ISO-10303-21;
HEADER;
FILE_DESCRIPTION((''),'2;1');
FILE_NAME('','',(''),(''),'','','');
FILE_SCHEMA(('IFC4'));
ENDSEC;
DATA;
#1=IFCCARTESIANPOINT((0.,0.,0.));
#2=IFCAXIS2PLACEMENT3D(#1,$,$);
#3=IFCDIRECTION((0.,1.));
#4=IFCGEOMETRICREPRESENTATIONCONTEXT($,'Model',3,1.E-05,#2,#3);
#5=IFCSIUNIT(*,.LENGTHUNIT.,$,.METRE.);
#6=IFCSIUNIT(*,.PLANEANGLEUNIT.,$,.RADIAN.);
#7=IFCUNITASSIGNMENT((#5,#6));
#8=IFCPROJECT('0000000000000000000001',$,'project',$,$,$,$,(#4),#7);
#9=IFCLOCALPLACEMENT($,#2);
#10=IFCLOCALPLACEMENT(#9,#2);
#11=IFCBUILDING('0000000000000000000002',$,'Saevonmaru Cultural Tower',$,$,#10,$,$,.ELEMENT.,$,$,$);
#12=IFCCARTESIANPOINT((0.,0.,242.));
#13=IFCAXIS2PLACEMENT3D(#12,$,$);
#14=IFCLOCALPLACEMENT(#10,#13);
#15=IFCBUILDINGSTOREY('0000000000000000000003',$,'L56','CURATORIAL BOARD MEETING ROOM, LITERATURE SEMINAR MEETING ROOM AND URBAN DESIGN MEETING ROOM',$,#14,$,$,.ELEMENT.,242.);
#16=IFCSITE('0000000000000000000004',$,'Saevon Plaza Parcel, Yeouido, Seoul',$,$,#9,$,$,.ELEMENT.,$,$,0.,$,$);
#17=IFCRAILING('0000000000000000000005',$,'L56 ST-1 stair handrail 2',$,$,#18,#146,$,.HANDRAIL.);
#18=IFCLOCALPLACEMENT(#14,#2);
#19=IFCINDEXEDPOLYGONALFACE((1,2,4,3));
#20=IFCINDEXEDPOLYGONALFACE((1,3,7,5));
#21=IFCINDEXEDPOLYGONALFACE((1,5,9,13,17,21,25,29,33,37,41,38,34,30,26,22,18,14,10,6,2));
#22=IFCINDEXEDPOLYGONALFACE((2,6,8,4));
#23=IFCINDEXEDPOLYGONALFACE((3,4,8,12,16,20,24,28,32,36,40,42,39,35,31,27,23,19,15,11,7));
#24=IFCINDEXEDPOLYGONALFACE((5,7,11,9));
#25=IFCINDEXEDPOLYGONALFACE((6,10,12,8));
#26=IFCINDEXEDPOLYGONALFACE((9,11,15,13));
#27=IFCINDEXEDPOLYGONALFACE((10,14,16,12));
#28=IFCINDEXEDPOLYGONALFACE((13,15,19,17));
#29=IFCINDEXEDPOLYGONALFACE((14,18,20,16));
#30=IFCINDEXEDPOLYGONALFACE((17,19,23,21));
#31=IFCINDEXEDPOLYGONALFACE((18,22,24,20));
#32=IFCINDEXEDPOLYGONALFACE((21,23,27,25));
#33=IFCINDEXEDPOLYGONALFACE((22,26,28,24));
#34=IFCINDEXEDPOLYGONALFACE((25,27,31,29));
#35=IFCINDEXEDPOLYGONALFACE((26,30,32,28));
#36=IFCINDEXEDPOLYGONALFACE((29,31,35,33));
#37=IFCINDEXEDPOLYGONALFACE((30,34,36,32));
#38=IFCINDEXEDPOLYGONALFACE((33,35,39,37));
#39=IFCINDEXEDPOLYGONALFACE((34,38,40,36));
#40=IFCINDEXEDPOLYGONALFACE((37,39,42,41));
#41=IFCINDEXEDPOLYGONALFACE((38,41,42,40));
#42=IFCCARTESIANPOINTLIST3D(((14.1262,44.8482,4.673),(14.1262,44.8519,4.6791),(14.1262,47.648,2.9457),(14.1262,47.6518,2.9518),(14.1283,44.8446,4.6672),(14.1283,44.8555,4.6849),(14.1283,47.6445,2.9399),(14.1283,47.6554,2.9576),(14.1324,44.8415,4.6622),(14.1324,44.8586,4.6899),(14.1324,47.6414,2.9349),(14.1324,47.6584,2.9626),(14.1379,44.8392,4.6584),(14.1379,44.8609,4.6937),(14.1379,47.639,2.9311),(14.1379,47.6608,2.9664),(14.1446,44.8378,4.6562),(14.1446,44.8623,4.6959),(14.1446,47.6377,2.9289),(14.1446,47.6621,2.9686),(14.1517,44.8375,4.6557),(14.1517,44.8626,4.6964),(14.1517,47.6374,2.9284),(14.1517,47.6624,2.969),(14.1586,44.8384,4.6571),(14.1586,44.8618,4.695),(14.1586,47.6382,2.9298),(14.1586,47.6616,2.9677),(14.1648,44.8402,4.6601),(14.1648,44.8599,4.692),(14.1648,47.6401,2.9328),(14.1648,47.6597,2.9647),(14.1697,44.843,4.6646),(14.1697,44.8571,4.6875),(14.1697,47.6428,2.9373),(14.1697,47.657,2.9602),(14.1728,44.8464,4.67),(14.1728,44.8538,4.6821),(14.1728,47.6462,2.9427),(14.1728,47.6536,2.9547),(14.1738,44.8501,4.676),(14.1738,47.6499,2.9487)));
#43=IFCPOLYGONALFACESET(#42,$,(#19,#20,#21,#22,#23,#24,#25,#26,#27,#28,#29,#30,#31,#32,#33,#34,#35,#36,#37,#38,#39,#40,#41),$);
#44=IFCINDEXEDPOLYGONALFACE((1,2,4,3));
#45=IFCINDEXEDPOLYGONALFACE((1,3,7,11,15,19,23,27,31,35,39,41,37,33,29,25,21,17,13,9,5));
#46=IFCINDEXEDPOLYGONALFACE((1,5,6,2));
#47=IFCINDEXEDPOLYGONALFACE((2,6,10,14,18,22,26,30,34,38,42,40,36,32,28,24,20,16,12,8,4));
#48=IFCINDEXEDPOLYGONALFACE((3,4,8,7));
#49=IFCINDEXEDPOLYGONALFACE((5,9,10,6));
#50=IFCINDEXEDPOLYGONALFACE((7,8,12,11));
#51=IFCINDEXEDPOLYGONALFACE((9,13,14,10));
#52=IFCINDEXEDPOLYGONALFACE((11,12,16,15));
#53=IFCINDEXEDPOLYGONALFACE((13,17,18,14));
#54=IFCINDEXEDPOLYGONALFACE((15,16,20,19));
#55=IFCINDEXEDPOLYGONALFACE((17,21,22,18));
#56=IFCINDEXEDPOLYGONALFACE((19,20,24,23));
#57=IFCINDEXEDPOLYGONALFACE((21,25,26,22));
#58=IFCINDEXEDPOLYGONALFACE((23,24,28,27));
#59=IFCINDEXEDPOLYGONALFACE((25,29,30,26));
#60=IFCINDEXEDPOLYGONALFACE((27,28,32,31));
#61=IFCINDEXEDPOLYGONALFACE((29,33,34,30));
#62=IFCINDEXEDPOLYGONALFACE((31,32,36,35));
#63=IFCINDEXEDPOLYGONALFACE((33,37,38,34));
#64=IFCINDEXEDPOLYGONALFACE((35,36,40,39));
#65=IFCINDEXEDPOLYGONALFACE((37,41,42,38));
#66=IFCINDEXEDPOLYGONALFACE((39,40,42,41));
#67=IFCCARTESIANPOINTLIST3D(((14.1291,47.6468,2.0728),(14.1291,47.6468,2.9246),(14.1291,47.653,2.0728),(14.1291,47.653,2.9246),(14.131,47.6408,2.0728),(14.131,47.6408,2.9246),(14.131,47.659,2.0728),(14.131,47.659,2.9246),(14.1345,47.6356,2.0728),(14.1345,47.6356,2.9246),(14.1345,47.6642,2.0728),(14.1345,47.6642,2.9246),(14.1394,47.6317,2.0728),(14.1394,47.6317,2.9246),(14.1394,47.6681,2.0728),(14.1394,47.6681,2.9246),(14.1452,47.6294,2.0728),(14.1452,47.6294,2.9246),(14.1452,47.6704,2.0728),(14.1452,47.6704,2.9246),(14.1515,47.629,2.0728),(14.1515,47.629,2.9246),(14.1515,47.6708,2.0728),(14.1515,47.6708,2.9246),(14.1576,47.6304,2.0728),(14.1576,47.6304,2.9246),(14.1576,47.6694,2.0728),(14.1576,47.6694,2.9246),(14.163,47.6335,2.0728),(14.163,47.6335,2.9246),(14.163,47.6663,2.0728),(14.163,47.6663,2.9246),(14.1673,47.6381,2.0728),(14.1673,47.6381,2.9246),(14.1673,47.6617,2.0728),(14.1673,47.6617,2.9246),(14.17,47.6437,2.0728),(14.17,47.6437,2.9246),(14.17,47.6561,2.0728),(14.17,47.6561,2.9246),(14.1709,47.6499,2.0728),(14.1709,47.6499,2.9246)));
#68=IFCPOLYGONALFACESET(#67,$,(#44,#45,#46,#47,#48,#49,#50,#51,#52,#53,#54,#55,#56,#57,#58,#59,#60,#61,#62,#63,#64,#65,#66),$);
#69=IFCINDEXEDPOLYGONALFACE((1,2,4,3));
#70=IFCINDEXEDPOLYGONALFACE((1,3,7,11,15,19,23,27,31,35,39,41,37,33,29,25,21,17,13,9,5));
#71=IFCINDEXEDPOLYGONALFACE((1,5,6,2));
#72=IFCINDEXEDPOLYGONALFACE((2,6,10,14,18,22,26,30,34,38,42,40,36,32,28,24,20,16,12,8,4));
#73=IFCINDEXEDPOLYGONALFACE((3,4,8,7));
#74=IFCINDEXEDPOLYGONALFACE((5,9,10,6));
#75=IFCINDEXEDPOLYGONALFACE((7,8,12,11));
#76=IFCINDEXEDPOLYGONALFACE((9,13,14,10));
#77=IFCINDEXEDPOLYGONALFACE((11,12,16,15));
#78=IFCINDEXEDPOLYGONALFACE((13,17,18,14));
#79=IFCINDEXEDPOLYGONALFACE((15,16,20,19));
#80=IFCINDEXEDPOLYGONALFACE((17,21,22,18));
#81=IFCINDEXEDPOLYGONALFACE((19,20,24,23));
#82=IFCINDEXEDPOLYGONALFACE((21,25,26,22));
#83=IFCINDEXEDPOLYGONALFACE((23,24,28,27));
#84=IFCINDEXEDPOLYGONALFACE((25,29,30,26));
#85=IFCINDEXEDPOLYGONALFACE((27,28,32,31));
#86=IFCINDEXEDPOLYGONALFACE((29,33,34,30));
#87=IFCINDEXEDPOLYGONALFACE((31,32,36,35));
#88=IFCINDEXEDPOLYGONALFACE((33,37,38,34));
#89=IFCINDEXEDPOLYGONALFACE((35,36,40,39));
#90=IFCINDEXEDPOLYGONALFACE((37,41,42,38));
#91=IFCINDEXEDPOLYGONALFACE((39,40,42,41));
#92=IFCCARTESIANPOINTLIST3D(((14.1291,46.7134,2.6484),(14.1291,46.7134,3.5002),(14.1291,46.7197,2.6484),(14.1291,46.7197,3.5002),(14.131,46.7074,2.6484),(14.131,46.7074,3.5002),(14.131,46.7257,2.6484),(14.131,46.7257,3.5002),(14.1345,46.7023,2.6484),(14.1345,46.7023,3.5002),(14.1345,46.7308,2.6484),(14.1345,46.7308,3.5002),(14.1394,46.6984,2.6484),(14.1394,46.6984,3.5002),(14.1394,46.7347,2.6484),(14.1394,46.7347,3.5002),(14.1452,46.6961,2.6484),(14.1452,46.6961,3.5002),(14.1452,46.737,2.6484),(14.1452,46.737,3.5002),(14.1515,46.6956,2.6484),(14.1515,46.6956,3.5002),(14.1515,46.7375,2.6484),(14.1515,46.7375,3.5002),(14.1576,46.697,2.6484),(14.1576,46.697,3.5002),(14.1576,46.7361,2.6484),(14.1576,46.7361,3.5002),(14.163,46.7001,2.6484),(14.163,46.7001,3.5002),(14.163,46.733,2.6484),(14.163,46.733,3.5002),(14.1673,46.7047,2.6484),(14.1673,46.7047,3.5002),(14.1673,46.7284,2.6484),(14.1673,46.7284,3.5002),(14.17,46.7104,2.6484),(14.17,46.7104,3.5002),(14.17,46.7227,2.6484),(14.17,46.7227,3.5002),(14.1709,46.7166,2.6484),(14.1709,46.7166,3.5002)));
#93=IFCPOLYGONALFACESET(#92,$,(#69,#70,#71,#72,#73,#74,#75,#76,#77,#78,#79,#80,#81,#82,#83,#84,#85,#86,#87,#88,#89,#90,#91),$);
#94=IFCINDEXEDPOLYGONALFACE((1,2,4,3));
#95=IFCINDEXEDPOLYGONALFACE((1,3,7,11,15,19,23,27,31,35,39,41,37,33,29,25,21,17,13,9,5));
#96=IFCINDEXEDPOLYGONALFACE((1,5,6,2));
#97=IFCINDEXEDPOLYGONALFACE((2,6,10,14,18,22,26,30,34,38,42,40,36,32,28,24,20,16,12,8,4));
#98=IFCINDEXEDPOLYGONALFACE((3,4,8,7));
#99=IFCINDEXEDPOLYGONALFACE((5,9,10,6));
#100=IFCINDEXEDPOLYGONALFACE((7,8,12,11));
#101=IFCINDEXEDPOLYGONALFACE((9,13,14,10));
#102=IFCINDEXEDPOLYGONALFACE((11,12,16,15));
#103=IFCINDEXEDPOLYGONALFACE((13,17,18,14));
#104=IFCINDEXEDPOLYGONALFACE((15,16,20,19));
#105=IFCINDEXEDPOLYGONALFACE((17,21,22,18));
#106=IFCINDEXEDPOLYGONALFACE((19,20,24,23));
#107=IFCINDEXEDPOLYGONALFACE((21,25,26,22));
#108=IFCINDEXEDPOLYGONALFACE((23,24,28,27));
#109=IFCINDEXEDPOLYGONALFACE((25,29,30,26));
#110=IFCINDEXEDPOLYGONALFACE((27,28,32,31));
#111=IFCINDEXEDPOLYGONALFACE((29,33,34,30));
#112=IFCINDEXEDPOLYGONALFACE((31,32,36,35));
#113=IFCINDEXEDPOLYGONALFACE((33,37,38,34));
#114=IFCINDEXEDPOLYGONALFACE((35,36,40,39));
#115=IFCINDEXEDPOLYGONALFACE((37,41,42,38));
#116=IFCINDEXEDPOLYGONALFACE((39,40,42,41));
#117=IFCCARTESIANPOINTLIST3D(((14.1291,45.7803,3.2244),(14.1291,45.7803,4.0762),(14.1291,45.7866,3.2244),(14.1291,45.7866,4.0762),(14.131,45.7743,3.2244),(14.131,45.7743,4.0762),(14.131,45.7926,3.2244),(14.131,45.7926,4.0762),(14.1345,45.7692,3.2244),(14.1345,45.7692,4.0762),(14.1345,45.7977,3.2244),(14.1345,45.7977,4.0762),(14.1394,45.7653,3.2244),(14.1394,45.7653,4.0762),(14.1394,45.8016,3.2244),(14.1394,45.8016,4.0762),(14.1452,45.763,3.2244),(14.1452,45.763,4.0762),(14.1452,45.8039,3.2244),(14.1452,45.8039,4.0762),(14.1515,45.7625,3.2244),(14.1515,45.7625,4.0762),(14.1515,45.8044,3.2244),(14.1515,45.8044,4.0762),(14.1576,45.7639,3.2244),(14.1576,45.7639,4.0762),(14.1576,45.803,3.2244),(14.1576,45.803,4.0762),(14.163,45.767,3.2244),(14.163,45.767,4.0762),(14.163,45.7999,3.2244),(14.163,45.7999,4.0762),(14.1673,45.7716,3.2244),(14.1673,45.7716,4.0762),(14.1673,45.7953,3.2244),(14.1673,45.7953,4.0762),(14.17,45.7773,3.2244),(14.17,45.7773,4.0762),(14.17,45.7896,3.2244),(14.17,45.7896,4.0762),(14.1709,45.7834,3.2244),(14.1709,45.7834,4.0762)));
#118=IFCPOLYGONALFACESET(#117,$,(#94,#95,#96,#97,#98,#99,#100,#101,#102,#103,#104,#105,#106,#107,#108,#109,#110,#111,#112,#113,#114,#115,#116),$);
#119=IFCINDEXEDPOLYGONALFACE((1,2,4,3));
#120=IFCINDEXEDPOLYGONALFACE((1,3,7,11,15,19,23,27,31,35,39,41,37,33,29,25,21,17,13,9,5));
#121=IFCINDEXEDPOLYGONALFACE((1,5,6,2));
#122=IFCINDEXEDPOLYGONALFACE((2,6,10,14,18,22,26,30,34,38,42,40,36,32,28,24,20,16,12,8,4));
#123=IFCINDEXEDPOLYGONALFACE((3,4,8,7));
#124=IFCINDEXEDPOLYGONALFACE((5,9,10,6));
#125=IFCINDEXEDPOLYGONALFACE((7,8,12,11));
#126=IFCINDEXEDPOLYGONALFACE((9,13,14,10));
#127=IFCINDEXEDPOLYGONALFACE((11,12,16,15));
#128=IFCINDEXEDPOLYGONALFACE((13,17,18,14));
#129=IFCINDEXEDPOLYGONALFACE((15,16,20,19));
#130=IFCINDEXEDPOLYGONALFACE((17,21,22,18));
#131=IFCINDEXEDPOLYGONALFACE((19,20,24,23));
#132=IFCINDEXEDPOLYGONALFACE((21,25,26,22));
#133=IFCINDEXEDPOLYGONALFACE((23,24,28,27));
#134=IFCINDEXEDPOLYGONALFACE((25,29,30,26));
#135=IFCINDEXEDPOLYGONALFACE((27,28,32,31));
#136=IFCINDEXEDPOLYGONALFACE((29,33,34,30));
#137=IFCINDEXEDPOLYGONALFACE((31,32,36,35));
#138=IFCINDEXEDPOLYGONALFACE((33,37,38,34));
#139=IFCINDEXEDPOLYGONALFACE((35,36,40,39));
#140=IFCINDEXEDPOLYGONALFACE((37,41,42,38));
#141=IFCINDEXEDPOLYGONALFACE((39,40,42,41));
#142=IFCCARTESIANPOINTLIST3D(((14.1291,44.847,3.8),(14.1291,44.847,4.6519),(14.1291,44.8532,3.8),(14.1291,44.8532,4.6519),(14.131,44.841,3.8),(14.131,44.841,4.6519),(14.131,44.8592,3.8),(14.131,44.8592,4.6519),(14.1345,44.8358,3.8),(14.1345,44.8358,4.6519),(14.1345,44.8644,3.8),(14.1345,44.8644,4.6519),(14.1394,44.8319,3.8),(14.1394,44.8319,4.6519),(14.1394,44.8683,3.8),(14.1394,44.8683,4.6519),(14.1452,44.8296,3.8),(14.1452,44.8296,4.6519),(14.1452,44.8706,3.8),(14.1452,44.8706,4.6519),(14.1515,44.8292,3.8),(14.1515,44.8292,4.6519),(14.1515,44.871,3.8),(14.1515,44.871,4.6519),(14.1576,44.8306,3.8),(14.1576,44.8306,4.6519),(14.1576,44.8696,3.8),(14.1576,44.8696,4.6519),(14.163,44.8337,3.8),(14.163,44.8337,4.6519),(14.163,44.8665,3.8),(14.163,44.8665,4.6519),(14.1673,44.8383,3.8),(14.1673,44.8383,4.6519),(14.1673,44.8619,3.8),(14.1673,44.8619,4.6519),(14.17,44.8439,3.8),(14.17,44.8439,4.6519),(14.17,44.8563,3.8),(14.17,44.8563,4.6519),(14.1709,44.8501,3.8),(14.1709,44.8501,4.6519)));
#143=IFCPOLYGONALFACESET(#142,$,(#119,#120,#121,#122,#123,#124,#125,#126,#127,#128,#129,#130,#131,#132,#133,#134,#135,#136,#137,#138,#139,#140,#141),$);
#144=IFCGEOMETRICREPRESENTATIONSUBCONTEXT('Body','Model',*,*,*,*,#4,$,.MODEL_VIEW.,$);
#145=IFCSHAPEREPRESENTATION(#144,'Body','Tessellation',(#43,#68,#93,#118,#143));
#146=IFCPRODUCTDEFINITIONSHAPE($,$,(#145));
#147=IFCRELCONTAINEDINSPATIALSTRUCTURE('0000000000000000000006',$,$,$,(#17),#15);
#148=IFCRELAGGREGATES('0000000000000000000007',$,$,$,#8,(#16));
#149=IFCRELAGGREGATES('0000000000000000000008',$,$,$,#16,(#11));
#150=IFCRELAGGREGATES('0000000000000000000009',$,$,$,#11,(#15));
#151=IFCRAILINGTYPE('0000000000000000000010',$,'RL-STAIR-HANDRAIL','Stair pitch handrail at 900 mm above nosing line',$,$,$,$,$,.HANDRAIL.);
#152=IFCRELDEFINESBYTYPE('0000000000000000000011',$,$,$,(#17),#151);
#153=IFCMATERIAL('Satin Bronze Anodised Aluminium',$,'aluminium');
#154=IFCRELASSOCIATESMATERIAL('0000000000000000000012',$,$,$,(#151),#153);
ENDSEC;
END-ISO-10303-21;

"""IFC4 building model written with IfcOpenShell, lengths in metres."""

from ifc_helpers import new_model, si_unit, direction, frame, origin, origin_2d, place, context, subcontext, project, spatial, circle, extrude, material, type_object, element, save


model = new_model("IFC4")

# Units and contexts
model_context = context("Model", 3, precision=1e-05, world=origin(), true_north=direction((0.0, 1.0)))
body_context = subcontext(model_context, "Body", "Model", "MODEL_VIEW")
ifc_project = project(units=[si_unit("LENGTHUNIT", "METRE"), si_unit("PLANEANGLEUNIT", "RADIAN")], contexts=[model_context])

# Site, building, storey
site_placement = place(None, origin())
site = spatial("IfcSite", under=ifc_project, at=site_placement, Name="Saevon Plaza Parcel, Yeouido, Seoul", CompositionType="ELEMENT", RefElevation=0.0)
building_placement = place(site_placement, origin())
building = spatial("IfcBuilding", under=site, at=building_placement, Name="Saevonmaru Cultural Tower", CompositionType="ELEMENT")
storey_placement = place(building_placement, frame((0.0, 0.0, 242.0)))
storey = spatial("IfcBuildingStorey", under=building, at=storey_placement, Name="L56", Description="CURATORIAL BOARD MEETING ROOM, LITERATURE SEMINAR MEETING ROOM AND URBAN DESIGN MEETING ROOM", CompositionType="ELEMENT", Elevation=242.0)

# Shared definitions
ifc_material_1 = material(Name="Satin Bronze Anodised Aluminium", Category="aluminium")

# Railing
railing_type_1 = type_object("IfcRailingType", Name="RL-STAIR-HANDRAIL", Description="Stair pitch handrail at 900 mm above nosing line", PredefinedType="HANDRAIL", material=ifc_material_1)
railing_1_placement = place(storey_placement, frame((14.1499, 47.6499, 2.0728)))
element("IfcRailing", 1, at=railing_1_placement, inside=storey, type_object=railing_type_1, Name="L56 ST-1 stair handrail 2", PredefinedType="HANDRAIL", context=body_context, shape_type="SweptSolid", body=[
    extrude(circle(Radius=0.0239, at=origin_2d()), frame((0.0, 0.0, 0.876), z_axis=(0.0, -0.851069, 0.525054), x_axis=(1.0, 0.0, 0.0)), (0.0, 0.0, 1.0), 3.2898),
    extrude(circle(Radius=0.021, at=origin_2d()), origin(), (0.0, 0.0, 1.0), 0.8518),
    extrude(circle(Radius=0.021, at=origin_2d()), frame((0.0, -0.9333, 0.5757)), (0.0, 0.0, 1.0), 0.8518),
    extrude(circle(Radius=0.021, at=origin_2d()), frame((0.0, -1.8665, 1.1516)), (0.0, 0.0, 1.0), 0.8518),
    extrude(circle(Radius=0.021, at=origin_2d()), frame((0.0, -2.7998, 1.7273)), (0.0, 0.0, 1.0), 0.8518),
])

save(model, "model.ifc")
